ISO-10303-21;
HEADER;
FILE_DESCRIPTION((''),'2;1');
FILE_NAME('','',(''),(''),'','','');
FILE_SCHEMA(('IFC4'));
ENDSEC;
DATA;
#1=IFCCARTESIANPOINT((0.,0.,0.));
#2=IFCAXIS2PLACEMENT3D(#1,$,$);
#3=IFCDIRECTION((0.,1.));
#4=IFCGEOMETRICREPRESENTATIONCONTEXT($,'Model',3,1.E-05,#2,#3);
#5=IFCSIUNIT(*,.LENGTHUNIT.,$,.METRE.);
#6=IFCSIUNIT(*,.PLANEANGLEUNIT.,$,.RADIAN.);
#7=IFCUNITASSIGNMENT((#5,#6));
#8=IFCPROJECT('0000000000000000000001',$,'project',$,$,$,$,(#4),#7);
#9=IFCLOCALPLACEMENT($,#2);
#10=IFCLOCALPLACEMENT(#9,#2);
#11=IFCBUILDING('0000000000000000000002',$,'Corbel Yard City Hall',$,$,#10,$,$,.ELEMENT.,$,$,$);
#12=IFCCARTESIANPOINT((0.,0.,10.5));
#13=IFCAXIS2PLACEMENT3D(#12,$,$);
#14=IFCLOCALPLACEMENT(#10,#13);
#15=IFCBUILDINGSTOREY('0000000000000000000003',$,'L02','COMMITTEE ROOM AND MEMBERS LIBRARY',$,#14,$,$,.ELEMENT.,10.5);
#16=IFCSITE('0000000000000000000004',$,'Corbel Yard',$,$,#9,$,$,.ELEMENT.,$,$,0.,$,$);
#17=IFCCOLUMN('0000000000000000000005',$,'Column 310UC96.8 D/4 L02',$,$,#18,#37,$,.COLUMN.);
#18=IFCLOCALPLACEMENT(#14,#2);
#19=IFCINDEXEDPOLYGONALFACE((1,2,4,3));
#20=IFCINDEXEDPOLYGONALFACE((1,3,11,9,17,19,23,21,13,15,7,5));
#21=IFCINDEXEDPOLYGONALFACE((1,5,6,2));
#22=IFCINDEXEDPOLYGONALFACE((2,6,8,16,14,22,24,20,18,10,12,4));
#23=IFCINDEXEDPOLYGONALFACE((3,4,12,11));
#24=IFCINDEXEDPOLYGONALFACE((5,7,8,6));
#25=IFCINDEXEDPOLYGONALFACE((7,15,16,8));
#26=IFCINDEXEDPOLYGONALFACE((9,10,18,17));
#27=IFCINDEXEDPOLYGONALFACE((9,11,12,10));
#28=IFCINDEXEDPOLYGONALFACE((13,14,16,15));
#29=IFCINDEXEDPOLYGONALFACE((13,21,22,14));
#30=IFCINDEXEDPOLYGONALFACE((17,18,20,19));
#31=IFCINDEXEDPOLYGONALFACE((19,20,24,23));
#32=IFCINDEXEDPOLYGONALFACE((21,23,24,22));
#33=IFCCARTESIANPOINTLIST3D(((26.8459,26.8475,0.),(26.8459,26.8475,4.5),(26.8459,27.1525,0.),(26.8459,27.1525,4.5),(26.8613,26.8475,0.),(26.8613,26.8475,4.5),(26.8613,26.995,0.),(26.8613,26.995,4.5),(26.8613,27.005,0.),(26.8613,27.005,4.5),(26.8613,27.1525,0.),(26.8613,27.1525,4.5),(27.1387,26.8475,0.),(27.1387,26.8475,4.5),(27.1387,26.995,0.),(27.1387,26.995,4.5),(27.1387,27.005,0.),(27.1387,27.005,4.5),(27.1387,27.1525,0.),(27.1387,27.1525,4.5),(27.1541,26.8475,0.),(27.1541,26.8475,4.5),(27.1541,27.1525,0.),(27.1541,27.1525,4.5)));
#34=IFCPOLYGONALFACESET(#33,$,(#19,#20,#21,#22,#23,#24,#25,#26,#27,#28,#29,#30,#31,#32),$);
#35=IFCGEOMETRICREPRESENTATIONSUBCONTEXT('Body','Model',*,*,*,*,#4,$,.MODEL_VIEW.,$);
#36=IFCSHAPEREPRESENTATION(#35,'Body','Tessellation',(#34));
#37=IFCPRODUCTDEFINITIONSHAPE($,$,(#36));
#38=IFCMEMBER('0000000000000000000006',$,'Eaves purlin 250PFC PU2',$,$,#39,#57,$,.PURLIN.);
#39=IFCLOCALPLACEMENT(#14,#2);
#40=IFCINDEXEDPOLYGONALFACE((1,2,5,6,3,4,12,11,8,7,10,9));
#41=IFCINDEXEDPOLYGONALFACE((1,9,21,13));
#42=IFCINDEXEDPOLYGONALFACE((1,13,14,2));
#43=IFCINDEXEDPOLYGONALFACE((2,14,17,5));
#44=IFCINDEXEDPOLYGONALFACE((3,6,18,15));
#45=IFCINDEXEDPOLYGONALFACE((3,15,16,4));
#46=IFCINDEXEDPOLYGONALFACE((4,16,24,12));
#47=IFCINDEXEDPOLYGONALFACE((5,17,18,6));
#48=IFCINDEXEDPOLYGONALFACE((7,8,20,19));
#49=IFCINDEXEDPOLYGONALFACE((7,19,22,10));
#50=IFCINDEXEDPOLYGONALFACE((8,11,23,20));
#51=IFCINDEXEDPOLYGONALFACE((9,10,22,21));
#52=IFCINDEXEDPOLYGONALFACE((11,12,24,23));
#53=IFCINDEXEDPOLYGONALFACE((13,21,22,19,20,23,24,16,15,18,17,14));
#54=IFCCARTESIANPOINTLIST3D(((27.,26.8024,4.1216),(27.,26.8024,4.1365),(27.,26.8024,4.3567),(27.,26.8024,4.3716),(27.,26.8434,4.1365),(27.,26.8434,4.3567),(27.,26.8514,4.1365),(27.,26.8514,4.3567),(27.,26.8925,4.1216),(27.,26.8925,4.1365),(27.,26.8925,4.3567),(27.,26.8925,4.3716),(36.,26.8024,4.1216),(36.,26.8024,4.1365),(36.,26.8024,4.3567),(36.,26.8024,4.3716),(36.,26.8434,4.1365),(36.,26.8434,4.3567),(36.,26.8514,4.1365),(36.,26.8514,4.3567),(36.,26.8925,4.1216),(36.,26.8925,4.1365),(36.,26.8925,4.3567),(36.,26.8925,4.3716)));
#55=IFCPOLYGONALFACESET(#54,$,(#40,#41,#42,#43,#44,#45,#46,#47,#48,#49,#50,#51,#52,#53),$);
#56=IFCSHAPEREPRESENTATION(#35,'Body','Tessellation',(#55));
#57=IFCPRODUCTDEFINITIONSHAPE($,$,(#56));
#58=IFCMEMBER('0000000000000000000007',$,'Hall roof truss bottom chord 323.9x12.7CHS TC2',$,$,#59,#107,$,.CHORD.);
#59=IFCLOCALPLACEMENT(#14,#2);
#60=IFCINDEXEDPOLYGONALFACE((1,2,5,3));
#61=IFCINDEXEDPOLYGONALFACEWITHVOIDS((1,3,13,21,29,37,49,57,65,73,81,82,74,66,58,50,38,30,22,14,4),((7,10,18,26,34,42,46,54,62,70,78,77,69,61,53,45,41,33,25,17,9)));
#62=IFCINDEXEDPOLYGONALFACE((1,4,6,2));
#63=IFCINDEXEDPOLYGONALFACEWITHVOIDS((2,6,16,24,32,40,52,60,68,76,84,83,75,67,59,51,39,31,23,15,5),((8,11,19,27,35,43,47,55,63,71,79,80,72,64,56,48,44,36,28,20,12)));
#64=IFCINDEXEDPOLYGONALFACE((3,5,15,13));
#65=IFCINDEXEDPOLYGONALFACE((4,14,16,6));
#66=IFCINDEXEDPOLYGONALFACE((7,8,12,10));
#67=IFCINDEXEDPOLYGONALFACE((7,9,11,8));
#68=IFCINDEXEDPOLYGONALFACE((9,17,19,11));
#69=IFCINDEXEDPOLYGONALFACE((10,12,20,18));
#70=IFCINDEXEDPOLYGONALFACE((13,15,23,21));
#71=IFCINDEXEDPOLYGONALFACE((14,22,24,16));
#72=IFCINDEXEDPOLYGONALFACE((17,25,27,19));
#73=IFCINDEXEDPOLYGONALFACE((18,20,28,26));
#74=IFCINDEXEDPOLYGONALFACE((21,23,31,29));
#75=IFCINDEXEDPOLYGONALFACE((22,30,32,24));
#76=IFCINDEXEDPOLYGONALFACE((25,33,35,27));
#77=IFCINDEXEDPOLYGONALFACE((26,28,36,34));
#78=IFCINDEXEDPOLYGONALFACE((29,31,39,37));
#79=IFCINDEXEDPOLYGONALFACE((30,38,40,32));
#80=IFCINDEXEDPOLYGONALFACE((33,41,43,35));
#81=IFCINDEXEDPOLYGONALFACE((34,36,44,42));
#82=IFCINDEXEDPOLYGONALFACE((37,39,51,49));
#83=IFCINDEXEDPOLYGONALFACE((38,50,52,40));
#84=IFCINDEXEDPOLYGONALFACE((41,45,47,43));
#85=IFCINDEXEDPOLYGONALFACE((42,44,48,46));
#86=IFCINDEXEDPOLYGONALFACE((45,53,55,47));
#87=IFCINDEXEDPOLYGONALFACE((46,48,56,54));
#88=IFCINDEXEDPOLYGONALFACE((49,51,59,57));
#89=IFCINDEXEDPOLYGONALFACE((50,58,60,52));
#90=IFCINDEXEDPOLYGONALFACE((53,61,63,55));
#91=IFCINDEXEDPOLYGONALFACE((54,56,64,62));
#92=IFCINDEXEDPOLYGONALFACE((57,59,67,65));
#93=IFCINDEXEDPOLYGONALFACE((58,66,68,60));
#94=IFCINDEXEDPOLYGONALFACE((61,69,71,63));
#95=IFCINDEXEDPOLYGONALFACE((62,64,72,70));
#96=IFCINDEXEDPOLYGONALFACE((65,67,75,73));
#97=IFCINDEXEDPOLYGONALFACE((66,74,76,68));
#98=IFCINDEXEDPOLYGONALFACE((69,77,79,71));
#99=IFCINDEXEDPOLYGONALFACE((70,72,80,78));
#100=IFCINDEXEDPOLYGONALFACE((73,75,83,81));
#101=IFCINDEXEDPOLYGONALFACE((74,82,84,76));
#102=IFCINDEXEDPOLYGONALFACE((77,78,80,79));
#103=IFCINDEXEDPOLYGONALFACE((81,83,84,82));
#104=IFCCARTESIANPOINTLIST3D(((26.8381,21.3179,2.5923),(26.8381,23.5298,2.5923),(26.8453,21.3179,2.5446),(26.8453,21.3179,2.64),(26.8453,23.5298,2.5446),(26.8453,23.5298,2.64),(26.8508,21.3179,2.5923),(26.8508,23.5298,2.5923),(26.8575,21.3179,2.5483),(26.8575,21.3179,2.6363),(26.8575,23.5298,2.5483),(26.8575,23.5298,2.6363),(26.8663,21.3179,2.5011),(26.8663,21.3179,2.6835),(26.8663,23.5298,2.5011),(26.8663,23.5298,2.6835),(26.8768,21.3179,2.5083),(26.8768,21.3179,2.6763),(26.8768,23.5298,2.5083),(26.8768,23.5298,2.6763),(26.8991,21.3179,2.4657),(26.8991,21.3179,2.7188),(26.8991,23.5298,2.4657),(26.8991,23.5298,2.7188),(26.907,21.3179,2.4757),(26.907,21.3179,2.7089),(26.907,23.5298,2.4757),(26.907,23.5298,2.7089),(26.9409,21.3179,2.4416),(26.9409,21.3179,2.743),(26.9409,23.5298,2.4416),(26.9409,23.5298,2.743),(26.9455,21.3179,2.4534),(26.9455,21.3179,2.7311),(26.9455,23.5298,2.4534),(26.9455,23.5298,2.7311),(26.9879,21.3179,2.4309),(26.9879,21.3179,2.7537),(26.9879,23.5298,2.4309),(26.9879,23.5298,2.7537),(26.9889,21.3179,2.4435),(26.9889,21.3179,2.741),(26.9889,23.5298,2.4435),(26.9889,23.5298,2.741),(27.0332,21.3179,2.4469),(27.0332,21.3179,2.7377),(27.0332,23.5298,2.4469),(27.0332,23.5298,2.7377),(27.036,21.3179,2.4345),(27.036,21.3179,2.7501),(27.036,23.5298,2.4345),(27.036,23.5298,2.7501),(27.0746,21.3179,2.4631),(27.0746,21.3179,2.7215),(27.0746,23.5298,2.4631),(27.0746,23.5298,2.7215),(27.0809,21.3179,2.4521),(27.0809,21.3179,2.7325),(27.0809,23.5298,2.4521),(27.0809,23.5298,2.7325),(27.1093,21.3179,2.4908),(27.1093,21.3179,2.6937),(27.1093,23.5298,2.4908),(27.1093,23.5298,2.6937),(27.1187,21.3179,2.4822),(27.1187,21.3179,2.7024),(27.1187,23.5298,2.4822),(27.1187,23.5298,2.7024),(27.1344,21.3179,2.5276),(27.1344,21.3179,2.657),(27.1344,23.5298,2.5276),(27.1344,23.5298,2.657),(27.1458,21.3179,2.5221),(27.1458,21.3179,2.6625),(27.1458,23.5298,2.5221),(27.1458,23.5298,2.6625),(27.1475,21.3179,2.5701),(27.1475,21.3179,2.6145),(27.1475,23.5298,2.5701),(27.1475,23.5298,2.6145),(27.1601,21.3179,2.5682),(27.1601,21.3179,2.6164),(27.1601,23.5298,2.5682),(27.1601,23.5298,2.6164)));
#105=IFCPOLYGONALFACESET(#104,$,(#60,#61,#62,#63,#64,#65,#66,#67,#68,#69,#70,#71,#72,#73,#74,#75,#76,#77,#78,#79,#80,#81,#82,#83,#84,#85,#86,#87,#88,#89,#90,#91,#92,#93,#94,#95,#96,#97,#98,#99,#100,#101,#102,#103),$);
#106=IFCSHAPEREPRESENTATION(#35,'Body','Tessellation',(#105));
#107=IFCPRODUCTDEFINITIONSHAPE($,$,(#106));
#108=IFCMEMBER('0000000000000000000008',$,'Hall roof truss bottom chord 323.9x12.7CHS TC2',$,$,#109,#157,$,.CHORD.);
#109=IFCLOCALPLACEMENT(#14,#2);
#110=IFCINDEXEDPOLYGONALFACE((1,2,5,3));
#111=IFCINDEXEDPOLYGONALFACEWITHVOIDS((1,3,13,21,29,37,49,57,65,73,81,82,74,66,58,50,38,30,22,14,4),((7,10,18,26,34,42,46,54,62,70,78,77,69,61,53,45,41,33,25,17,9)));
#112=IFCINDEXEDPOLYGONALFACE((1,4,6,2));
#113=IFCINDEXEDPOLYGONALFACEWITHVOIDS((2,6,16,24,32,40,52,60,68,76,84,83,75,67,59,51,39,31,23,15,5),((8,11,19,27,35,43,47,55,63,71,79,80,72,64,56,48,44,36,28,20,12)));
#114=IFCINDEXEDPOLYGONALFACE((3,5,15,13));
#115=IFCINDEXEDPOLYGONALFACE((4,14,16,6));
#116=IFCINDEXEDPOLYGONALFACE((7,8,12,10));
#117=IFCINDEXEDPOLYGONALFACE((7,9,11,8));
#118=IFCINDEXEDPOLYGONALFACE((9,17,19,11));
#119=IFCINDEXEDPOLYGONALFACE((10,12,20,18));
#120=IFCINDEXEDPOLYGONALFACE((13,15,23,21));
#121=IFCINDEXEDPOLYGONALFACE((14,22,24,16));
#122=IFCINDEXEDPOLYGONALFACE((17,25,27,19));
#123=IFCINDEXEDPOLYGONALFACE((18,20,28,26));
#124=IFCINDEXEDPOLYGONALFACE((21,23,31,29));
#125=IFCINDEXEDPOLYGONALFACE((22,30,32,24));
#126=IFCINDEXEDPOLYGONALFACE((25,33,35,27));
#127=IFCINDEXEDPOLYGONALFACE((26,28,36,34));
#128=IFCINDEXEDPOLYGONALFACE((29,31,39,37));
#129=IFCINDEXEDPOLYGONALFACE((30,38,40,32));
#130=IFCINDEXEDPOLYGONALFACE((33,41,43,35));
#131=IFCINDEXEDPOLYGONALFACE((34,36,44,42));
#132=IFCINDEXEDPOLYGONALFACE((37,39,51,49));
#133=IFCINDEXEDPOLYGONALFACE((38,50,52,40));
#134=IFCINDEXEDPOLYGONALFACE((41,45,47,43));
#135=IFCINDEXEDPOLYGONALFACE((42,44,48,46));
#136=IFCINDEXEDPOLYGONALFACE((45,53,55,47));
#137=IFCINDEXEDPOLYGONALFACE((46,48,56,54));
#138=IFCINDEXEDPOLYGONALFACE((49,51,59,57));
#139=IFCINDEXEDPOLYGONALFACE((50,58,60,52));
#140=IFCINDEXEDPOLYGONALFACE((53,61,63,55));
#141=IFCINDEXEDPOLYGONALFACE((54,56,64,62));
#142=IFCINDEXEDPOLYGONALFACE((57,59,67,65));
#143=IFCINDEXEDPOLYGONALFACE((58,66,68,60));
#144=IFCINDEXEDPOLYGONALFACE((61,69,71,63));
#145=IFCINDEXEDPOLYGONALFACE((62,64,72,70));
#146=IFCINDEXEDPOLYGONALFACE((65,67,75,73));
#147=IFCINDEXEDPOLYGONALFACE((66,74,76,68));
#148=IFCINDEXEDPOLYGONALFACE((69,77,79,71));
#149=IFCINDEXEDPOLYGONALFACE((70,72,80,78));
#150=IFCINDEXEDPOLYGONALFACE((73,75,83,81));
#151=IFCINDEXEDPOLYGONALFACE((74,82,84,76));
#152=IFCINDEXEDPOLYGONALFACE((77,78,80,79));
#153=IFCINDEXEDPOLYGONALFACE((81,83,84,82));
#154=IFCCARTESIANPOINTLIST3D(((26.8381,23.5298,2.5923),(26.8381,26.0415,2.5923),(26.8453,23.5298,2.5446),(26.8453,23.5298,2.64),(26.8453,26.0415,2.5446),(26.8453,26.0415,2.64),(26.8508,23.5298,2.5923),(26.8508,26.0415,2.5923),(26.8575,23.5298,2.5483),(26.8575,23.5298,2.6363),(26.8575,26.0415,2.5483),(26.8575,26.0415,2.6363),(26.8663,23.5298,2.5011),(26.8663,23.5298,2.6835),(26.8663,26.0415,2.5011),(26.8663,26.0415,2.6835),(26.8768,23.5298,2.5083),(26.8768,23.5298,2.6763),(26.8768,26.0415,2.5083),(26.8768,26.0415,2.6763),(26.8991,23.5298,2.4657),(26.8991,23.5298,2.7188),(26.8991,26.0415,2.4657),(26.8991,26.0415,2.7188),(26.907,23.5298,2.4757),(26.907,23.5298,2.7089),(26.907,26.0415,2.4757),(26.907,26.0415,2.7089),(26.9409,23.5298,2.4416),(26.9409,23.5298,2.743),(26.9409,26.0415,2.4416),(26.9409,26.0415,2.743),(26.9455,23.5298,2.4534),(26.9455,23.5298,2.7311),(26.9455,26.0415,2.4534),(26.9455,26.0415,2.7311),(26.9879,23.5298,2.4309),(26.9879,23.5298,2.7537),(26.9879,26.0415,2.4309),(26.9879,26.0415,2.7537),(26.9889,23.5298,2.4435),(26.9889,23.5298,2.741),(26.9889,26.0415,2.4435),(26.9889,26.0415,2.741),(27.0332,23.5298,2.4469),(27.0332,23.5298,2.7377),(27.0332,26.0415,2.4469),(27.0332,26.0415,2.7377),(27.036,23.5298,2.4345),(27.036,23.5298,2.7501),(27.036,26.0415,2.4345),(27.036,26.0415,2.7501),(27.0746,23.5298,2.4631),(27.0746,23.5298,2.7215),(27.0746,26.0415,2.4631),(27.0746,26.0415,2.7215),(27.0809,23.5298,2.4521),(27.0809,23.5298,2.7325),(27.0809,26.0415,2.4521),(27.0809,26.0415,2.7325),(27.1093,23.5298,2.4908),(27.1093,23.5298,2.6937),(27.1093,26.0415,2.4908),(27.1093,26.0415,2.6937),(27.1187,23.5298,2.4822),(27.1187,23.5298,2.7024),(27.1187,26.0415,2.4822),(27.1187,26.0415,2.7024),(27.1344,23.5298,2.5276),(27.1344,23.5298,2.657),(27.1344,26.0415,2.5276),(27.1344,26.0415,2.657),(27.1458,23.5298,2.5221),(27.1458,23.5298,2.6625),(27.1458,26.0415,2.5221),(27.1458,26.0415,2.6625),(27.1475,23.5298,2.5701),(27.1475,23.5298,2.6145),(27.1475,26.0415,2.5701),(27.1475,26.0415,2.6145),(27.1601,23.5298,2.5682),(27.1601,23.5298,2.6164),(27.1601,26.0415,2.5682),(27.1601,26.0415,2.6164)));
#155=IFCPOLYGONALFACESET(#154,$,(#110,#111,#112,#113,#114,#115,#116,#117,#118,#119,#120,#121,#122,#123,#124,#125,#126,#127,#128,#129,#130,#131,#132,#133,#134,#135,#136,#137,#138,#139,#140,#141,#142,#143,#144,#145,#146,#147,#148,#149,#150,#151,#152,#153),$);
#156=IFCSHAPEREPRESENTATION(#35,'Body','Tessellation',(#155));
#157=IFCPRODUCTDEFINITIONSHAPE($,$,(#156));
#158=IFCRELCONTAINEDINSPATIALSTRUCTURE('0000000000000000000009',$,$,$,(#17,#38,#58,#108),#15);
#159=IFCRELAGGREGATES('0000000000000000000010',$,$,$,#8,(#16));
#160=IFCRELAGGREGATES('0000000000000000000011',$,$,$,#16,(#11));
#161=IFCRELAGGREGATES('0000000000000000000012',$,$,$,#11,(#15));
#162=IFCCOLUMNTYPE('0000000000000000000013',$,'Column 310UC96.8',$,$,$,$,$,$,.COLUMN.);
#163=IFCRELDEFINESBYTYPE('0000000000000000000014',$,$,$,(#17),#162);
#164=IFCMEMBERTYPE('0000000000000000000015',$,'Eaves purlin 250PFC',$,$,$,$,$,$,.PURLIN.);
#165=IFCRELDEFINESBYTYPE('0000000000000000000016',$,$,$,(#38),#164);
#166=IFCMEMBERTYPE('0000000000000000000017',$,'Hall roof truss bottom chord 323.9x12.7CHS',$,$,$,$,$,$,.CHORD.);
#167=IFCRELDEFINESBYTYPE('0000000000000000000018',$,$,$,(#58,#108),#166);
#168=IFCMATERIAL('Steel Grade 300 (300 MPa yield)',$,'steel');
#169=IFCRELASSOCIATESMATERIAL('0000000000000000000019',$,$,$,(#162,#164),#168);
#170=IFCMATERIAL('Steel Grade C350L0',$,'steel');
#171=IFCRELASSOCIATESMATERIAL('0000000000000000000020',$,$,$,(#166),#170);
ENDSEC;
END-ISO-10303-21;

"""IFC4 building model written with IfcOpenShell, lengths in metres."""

from ifc_helpers import new_model, si_unit, direction, frame, origin, origin_2d, place, context, subcontext, project, spatial, hollow_circle, i_section, extrude, material, material_profile, profile_set, type_object, element, save


model = new_model("IFC4")

# Units and contexts
model_context = context("Model", 3, precision=1e-05, world=origin(), true_north=direction((0.0, 1.0)))
body_context = subcontext(model_context, "Body", "Model", "MODEL_VIEW")
ifc_project = project(units=[si_unit("LENGTHUNIT", "METRE"), si_unit("PLANEANGLEUNIT", "RADIAN")], contexts=[model_context])

# Site, building, storey
site_placement = place(None, origin())
site = spatial("IfcSite", under=ifc_project, at=site_placement, Name="Corbel Yard", CompositionType="ELEMENT", RefElevation=0.0)
building_placement = place(site_placement, origin())
building = spatial("IfcBuilding", under=site, at=building_placement, Name="Corbel Yard City Hall", CompositionType="ELEMENT")
storey_placement = place(building_placement, frame((0.0, 0.0, 10.5)))
storey = spatial("IfcBuildingStorey", under=building, at=storey_placement, Name="L02", Description="COMMITTEE ROOM AND MEMBERS LIBRARY", CompositionType="ELEMENT", Elevation=10.5)

# Column
ifc_material_1 = material(Name="Steel Grade 300 (300 MPa yield)", Category="steel")
ifc_material_profile_1 = material_profile(ifc_material_1, i_section(OverallWidth=0.3049, OverallDepth=0.3081, WebThickness=0.01, FlangeThickness=0.0154, at=origin_2d()), Name="310UC96.8")
ifc_profile_set_1 = profile_set([ifc_material_profile_1], Name="Steel Grade 300 (300 MPa yield)")
column_type = type_object("IfcColumnType", Name="Column 310UC96.8", PredefinedType="COLUMN", material=ifc_profile_set_1)
column_placement = place(storey_placement, frame((27.0, 27.0, 0.0), z_axis=(0.0, 0.0, 1.0), x_axis=(0.0, 1.0, 0.0)))
element("IfcColumn", 1, at=column_placement, inside=storey, type_object=column_type, Name="Column 310UC96.8 D/4 L02", PredefinedType="COLUMN", context=body_context, shape_type="SweptSolid", body=[
    extrude(i_section(OverallWidth=0.3049, OverallDepth=0.3081, WebThickness=0.01, FlangeThickness=0.0154, at=origin_2d()), origin(), (0.0, 0.0, 1.0), 4.5),
])

# Members
ifc_material_profile_2 = material_profile(ifc_material_1, i_section(OverallWidth=0.0901, OverallDepth=0.25, WebThickness=0.0081, FlangeThickness=0.0149, at=origin_2d()), Name="250PFC")
ifc_profile_set_2 = profile_set([ifc_material_profile_2], Name="Steel Grade 300 (300 MPa yield)")
member_type_1 = type_object("IfcMemberType", Name="Eaves purlin 250PFC", PredefinedType="PURLIN", material=ifc_profile_set_2)
member_1_placement = place(storey_placement, frame((27.0, 26.8474, 4.2466), z_axis=(1.0, 0.0, 0.0), x_axis=(0.0, 1.0, 0.0)))
element("IfcMember", 2, at=member_1_placement, inside=storey, type_object=member_type_1, Name="Eaves purlin 250PFC PU2", PredefinedType="PURLIN", context=body_context, shape_type="SweptSolid", body=[
    extrude(i_section(OverallWidth=0.0901, OverallDepth=0.25, WebThickness=0.0081, FlangeThickness=0.0149, at=origin_2d()), origin(), (0.0, 0.0, 1.0), 9.0),
])
ifc_material_2 = material(Name="Steel Grade C350L0", Category="steel")
ifc_material_profile_3 = material_profile(ifc_material_2, hollow_circle(Radius=0.1619, WallThickness=0.0127, at=origin_2d()), Name="323.9x12.7CHS")
ifc_profile_set_3 = profile_set([ifc_material_profile_3], Name="Steel Grade C350L0")
member_type_2 = type_object("IfcMemberType", Name="Hall roof truss bottom chord 323.9x12.7CHS", PredefinedType="CHORD", material=ifc_profile_set_3)
member_2_placement = place(storey_placement, frame((27.0, 21.3179, 2.5923), z_axis=(0.0, 1.0, 0.0), x_axis=(-1.0, 0.0, 0.0)))
element("IfcMember", 3, at=member_2_placement, inside=storey, type_object=member_type_2, Name="Hall roof truss bottom chord 323.9x12.7CHS TC2", PredefinedType="CHORD", context=body_context, shape_type="SweptSolid", body=[
    extrude(hollow_circle(Radius=0.1619, WallThickness=0.0127, at=origin_2d()), origin(), (0.0, 0.0, 1.0), 2.2119),
])
member_3_placement = place(storey_placement, frame((27.0, 23.5298, 2.5923), z_axis=(0.0, 1.0, 0.0), x_axis=(-1.0, 0.0, 0.0)))
element("IfcMember", 4, at=member_3_placement, inside=storey, type_object=member_type_2, Name="Hall roof truss bottom chord 323.9x12.7CHS TC2", PredefinedType="CHORD", context=body_context, shape_type="SweptSolid", body=[
    extrude(hollow_circle(Radius=0.1619, WallThickness=0.0127, at=origin_2d()), origin(), (0.0, 0.0, 1.0), 2.5117),
])

save(model, "model.ifc")
